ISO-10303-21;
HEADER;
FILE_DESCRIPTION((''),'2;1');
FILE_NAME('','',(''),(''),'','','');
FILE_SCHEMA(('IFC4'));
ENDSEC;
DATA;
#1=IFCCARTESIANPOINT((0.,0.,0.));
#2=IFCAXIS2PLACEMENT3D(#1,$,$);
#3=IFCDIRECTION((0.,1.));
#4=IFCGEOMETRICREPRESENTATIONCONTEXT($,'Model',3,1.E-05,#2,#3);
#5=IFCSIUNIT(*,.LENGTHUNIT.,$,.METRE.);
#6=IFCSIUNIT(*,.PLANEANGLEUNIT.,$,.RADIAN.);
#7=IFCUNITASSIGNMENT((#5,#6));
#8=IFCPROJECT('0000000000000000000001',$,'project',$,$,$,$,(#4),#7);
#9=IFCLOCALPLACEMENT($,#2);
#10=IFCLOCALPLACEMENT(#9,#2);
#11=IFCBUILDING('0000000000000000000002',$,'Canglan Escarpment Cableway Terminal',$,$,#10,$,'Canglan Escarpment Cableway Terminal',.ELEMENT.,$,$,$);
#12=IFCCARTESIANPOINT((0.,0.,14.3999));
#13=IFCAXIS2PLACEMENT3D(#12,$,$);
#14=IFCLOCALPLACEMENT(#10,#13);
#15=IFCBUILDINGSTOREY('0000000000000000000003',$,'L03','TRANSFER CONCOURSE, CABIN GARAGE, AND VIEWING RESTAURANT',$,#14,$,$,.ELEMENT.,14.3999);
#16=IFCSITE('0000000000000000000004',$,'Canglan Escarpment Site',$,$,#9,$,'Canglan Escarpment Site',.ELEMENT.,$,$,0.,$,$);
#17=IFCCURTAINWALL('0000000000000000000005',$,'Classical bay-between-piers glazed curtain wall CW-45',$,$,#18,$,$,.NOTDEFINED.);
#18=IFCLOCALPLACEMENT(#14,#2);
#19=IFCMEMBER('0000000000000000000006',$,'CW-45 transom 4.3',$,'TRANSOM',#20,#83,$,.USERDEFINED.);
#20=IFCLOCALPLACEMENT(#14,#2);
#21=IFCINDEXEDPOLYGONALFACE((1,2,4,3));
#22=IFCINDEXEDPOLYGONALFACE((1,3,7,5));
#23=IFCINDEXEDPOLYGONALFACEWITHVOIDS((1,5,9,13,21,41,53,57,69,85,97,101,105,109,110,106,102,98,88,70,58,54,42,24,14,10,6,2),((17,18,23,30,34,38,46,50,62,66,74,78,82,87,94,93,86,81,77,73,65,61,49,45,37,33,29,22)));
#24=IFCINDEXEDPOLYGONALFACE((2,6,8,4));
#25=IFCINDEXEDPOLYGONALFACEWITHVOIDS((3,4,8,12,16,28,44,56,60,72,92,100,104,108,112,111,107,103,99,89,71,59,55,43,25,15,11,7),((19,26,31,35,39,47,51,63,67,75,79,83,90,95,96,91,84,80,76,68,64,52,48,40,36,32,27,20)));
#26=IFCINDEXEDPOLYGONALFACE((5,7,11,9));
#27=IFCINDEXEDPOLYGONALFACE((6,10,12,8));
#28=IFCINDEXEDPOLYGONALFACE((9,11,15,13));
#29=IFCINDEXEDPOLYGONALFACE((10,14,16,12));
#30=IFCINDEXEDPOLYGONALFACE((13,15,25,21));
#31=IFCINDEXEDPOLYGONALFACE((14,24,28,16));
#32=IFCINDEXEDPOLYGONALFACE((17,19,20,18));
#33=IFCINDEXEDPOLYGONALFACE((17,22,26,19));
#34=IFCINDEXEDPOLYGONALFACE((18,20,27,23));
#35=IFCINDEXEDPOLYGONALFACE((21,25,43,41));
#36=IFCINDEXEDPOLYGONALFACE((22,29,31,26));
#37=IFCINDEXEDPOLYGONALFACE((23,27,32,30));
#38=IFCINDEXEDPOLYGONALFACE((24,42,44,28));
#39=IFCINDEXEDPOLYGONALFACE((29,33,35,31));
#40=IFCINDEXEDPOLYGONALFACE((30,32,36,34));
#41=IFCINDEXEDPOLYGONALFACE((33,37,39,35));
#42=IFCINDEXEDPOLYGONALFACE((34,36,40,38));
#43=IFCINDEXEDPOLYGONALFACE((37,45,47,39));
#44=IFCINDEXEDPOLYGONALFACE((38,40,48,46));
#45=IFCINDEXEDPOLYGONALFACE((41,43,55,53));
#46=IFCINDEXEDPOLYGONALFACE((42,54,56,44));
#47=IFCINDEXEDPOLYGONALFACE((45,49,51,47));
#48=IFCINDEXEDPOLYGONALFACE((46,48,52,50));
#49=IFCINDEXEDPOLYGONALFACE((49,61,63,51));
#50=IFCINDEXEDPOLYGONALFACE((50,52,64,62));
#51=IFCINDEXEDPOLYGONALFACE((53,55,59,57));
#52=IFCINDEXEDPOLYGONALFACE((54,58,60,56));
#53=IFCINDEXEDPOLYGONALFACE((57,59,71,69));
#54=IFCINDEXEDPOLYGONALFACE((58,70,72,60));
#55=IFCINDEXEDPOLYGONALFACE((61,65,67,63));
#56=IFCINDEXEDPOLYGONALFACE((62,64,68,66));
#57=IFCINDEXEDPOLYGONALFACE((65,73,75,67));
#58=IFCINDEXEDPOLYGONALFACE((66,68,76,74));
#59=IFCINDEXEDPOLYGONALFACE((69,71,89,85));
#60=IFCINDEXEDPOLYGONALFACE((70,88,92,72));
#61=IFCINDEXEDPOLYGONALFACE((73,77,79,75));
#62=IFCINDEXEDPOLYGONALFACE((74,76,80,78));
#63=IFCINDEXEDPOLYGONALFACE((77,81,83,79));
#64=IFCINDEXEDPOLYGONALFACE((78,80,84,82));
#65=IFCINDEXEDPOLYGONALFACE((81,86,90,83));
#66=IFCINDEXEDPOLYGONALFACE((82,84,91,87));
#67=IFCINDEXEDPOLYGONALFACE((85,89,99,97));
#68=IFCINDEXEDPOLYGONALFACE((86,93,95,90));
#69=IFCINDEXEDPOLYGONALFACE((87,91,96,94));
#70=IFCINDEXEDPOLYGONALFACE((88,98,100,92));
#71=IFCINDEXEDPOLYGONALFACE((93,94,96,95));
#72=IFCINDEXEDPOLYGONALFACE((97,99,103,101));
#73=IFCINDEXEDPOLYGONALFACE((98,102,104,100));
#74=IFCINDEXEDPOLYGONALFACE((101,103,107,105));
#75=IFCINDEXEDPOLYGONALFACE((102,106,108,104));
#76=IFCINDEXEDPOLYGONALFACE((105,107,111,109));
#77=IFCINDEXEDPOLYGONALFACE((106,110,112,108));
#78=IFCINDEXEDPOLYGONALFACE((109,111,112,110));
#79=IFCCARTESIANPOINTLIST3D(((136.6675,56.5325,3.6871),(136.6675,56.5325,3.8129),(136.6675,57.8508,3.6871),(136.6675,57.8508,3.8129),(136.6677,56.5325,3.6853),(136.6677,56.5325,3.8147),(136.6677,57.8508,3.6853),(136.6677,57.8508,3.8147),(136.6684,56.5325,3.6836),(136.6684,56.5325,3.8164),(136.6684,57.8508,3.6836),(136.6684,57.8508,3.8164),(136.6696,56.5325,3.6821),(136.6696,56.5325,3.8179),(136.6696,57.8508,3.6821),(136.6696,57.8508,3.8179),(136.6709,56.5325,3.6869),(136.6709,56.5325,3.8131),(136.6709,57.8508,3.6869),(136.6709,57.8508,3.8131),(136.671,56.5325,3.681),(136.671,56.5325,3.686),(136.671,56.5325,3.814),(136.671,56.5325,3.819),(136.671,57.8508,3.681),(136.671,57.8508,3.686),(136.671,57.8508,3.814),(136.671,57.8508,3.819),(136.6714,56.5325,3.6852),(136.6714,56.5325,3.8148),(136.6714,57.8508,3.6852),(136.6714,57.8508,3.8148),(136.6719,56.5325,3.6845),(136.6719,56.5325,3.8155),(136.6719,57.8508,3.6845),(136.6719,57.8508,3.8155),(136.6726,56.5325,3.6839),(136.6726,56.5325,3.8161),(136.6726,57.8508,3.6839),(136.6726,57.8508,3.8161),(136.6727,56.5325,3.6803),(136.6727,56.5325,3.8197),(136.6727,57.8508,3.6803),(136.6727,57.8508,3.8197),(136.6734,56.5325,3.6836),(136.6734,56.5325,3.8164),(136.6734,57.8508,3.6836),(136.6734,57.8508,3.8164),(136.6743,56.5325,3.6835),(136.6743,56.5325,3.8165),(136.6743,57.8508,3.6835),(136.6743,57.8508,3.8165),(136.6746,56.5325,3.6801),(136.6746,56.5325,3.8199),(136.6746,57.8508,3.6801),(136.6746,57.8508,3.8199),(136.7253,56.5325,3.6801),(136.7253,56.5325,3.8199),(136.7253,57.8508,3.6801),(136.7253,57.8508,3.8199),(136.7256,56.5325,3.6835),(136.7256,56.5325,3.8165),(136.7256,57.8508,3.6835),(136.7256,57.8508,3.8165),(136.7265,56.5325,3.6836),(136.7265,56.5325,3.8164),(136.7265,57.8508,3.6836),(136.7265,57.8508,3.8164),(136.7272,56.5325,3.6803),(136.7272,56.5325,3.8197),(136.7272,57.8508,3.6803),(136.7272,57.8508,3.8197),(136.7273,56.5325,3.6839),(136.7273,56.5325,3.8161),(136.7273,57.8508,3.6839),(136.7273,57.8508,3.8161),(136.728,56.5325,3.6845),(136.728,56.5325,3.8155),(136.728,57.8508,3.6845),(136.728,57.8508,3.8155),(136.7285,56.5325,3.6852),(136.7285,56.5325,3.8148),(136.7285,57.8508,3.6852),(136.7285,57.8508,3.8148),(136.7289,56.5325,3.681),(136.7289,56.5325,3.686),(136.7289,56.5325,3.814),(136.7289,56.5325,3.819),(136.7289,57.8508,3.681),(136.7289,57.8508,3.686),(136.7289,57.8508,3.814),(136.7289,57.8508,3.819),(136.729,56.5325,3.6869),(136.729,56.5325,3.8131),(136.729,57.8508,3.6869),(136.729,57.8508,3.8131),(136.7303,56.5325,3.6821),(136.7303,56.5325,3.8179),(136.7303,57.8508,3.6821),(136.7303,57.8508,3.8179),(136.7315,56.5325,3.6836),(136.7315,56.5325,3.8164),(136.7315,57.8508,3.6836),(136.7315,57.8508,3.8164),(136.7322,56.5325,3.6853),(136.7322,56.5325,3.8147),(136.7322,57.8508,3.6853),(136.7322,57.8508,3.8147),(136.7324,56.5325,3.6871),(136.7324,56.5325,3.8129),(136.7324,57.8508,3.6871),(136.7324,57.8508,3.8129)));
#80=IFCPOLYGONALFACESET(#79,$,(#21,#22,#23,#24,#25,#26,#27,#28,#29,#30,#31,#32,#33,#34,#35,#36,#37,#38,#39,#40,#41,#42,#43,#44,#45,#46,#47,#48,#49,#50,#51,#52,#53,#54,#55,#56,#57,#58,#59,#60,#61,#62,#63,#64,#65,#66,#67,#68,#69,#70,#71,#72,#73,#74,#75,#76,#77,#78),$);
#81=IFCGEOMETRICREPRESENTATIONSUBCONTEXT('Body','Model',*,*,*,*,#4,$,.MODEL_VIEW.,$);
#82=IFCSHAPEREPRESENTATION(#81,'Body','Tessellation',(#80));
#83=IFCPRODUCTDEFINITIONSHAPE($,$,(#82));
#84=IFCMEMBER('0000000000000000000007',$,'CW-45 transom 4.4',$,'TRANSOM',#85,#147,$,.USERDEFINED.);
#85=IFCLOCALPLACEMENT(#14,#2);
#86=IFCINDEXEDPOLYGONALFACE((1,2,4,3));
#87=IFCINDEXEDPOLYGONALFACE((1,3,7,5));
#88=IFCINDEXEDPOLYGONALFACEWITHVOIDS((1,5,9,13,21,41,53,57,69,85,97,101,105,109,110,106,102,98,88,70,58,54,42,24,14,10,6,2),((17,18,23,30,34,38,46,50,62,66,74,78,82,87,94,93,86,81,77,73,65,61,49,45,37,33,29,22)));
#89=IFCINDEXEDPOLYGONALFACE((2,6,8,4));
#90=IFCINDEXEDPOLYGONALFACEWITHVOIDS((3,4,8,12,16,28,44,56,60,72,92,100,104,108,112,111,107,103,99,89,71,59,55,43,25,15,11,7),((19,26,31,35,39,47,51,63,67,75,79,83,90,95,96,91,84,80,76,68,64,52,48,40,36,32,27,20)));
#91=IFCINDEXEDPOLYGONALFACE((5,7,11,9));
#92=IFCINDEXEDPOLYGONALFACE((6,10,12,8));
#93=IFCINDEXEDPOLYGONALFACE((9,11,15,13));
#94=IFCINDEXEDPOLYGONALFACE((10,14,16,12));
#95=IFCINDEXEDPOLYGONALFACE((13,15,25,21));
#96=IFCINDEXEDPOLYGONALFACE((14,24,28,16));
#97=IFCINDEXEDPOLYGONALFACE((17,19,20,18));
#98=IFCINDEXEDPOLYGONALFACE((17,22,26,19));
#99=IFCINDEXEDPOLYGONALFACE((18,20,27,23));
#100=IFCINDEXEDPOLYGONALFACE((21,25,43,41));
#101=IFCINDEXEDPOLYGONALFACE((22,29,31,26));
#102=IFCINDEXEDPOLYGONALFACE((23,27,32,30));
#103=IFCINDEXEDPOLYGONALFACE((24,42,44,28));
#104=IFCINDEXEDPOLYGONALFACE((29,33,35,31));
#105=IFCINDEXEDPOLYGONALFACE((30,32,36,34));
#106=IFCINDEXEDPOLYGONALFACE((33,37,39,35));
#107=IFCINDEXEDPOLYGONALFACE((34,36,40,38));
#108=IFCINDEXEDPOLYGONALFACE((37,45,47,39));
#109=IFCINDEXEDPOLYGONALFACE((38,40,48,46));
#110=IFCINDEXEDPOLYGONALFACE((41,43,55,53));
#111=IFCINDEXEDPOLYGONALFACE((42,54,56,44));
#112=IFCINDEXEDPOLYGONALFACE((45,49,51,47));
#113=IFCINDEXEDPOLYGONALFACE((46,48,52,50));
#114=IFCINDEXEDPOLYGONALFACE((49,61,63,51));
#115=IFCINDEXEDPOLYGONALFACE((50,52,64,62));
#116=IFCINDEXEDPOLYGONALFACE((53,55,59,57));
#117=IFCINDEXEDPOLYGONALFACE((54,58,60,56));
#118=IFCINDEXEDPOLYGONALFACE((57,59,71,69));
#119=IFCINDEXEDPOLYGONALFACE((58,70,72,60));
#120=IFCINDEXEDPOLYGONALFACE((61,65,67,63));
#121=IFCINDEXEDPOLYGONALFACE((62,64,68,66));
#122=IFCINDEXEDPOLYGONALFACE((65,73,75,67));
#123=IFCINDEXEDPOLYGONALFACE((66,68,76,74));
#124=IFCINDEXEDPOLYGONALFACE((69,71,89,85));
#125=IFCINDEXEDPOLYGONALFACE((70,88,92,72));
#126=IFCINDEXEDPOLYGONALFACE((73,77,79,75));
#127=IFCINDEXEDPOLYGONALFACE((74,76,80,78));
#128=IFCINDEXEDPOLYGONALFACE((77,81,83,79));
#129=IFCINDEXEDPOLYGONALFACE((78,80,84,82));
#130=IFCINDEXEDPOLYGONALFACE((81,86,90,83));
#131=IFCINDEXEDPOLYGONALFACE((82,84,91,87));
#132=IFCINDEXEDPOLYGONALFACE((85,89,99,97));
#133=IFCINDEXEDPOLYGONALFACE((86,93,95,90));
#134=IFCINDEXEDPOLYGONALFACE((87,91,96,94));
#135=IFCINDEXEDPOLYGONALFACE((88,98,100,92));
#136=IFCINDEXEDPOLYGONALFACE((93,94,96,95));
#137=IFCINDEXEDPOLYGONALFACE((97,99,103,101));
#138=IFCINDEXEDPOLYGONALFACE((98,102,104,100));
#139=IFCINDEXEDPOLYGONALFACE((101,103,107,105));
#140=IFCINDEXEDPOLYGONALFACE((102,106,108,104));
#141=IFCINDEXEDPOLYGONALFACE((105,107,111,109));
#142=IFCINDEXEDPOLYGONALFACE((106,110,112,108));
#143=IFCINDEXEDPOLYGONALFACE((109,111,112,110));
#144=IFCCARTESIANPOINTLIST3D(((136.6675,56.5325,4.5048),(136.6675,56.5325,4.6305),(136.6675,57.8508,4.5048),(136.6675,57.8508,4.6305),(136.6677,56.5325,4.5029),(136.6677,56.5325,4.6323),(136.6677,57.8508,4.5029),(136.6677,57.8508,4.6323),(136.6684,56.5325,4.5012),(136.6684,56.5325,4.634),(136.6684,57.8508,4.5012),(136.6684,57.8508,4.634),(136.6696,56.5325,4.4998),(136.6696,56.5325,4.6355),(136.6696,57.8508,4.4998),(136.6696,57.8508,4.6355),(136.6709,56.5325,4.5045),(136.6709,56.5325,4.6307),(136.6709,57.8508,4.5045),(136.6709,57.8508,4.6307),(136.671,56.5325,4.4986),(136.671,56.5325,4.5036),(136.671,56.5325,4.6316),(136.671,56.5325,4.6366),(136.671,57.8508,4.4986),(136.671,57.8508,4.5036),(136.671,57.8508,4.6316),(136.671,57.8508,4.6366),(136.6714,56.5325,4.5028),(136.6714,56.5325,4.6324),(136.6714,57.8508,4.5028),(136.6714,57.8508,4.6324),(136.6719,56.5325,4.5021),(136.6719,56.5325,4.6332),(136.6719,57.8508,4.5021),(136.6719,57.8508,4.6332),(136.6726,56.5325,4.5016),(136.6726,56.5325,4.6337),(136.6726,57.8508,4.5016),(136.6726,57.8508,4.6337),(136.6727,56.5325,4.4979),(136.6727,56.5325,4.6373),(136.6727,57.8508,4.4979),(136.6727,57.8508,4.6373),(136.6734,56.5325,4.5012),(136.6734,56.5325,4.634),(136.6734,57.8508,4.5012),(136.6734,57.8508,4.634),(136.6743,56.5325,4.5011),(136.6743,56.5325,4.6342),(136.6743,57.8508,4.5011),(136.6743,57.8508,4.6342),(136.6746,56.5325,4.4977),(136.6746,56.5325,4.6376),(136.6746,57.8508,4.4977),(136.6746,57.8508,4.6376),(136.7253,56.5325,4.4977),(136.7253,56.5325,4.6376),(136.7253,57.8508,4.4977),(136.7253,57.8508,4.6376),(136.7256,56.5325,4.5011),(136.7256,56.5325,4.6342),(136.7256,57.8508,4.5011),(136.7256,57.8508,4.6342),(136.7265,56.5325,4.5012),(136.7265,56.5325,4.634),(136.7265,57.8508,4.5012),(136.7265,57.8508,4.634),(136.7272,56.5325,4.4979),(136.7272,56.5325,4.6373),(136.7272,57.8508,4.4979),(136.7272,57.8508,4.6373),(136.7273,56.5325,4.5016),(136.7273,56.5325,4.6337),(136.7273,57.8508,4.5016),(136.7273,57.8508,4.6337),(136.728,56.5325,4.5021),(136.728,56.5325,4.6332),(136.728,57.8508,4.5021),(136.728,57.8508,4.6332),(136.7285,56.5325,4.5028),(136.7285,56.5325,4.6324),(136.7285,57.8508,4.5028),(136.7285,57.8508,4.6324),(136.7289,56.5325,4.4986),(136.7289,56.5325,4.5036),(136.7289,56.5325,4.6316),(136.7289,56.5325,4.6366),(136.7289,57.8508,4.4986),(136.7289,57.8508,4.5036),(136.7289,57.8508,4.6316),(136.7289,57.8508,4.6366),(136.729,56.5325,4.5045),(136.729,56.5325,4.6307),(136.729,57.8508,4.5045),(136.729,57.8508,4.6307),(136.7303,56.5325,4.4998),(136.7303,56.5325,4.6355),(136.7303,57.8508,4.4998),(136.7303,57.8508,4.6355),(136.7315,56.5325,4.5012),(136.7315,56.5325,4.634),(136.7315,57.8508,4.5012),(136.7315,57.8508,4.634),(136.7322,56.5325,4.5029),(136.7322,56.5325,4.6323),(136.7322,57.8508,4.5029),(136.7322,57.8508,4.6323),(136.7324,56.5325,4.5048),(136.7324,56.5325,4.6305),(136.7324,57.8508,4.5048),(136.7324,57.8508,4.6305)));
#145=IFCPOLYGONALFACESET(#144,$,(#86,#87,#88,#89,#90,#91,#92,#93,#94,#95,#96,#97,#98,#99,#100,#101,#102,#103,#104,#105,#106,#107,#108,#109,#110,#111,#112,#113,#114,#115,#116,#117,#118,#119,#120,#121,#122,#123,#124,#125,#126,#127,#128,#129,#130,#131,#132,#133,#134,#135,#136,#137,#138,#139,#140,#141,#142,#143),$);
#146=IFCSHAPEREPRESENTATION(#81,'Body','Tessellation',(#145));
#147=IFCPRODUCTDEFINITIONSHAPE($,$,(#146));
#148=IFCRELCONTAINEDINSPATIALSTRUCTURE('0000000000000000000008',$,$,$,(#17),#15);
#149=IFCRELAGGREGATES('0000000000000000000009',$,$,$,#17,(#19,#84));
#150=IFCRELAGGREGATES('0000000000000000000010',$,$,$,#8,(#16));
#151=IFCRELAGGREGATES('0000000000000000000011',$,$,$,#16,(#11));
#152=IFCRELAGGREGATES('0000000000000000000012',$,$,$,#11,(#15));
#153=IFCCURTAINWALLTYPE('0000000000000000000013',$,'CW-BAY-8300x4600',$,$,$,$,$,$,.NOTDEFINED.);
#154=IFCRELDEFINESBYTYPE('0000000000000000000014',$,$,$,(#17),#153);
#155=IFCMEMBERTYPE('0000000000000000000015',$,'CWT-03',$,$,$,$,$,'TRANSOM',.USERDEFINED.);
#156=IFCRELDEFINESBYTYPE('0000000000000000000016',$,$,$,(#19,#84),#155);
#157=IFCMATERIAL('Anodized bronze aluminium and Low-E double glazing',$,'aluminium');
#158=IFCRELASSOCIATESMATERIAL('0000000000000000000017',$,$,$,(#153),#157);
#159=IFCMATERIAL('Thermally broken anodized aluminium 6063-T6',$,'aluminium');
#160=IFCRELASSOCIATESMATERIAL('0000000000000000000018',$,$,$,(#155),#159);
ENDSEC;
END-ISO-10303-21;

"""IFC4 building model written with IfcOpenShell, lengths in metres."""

from ifc_helpers import new_model, si_unit, direction, frame, origin, origin_2d, place, context, subcontext, project, spatial, hollow_rectangle, extrude, material, material_profile, profile_set, type_object, element, aggregate, save


model = new_model("IFC4")

# Units and contexts
model_context = context("Model", 3, precision=1e-05, world=origin(), true_north=direction((0.0, 1.0)))
body_context = subcontext(model_context, "Body", "Model", "MODEL_VIEW")
ifc_project = project(units=[si_unit("LENGTHUNIT", "METRE"), si_unit("PLANEANGLEUNIT", "RADIAN")], contexts=[model_context])

# Site, building, storey
site_placement = place(None, origin())
site = spatial("IfcSite", under=ifc_project, at=site_placement, Name="Canglan Escarpment Site", LongName="Canglan Escarpment Site", CompositionType="ELEMENT", RefElevation=0.0)
building_placement = place(site_placement, origin())
building = spatial("IfcBuilding", under=site, at=building_placement, Name="Canglan Escarpment Cableway Terminal", LongName="Canglan Escarpment Cableway Terminal", CompositionType="ELEMENT")
storey_placement = place(building_placement, frame((0.0, 0.0, 14.3999)))
storey = spatial("IfcBuildingStorey", under=building, at=storey_placement, Name="L03", Description="TRANSFER CONCOURSE, CABIN GARAGE, AND VIEWING RESTAURANT", CompositionType="ELEMENT", Elevation=14.3999)

# Curtain wall, members
ifc_material_1 = material(Name="Anodized bronze aluminium and Low-E double glazing", Category="aluminium")
curtain_wall_type = type_object("IfcCurtainWallType", Name="CW-BAY-8300x4600", PredefinedType="NOTDEFINED", material=ifc_material_1)
curtain_wall_placement = place(storey_placement, origin())
curtain_wall = element("IfcCurtainWall", 1, at=curtain_wall_placement, inside=storey, type_object=curtain_wall_type, Name="Classical bay-between-piers glazed curtain wall CW-45", PredefinedType="NOTDEFINED")
ifc_material_2 = material(Name="Thermally broken anodized aluminium 6063-T6", Category="aluminium")
ifc_material_profile_1 = material_profile(ifc_material_2, hollow_rectangle(XDim=0.0649, YDim=0.1399, WallThickness=0.0034, InnerFilletRadius=0.0034, OuterFilletRadius=0.0071, at=origin_2d()), Name="ALU-TRAN 65x140x3.5")
ifc_profile_set_1 = profile_set([ifc_material_profile_1], Name="Thermally broken anodized aluminium 6063-T6")
member_type_1 = type_object("IfcMemberType", Name="CWT-03", ElementType="TRANSOM", PredefinedType="USERDEFINED", material=ifc_profile_set_1)
member_1_placement = place(storey_placement, frame((136.7, 56.5325, 3.75), z_axis=(0.0, 1.0, 0.0), x_axis=(-1.0, 0.0, 0.0)))
member_1 = element("IfcMember", 2, at=member_1_placement, type_object=member_type_1, Name="CW-45 transom 4.3", ObjectType="TRANSOM", PredefinedType="USERDEFINED", context=body_context, shape_type="SweptSolid", body=[
    extrude(hollow_rectangle(XDim=0.0649, YDim=0.1399, WallThickness=0.0034, InnerFilletRadius=0.0034, OuterFilletRadius=0.0071, at=origin_2d()), origin(), (0.0, 0.0, 1.0), 1.3184),
])
member_2_placement = place(storey_placement, frame((136.7, 56.5325, 4.5676), z_axis=(0.0, 1.0, 0.0), x_axis=(-1.0, 0.0, 0.0)))
member_2 = element("IfcMember", 3, at=member_2_placement, type_object=member_type_1, Name="CW-45 transom 4.4", ObjectType="TRANSOM", PredefinedType="USERDEFINED", context=body_context, shape_type="SweptSolid", body=[
    extrude(hollow_rectangle(XDim=0.0649, YDim=0.1399, WallThickness=0.0034, InnerFilletRadius=0.0034, OuterFilletRadius=0.0071, at=origin_2d()), origin(), (0.0, 0.0, 1.0), 1.3184),
])
aggregate(curtain_wall, [member_1, member_2])

save(model, "model.ifc")
